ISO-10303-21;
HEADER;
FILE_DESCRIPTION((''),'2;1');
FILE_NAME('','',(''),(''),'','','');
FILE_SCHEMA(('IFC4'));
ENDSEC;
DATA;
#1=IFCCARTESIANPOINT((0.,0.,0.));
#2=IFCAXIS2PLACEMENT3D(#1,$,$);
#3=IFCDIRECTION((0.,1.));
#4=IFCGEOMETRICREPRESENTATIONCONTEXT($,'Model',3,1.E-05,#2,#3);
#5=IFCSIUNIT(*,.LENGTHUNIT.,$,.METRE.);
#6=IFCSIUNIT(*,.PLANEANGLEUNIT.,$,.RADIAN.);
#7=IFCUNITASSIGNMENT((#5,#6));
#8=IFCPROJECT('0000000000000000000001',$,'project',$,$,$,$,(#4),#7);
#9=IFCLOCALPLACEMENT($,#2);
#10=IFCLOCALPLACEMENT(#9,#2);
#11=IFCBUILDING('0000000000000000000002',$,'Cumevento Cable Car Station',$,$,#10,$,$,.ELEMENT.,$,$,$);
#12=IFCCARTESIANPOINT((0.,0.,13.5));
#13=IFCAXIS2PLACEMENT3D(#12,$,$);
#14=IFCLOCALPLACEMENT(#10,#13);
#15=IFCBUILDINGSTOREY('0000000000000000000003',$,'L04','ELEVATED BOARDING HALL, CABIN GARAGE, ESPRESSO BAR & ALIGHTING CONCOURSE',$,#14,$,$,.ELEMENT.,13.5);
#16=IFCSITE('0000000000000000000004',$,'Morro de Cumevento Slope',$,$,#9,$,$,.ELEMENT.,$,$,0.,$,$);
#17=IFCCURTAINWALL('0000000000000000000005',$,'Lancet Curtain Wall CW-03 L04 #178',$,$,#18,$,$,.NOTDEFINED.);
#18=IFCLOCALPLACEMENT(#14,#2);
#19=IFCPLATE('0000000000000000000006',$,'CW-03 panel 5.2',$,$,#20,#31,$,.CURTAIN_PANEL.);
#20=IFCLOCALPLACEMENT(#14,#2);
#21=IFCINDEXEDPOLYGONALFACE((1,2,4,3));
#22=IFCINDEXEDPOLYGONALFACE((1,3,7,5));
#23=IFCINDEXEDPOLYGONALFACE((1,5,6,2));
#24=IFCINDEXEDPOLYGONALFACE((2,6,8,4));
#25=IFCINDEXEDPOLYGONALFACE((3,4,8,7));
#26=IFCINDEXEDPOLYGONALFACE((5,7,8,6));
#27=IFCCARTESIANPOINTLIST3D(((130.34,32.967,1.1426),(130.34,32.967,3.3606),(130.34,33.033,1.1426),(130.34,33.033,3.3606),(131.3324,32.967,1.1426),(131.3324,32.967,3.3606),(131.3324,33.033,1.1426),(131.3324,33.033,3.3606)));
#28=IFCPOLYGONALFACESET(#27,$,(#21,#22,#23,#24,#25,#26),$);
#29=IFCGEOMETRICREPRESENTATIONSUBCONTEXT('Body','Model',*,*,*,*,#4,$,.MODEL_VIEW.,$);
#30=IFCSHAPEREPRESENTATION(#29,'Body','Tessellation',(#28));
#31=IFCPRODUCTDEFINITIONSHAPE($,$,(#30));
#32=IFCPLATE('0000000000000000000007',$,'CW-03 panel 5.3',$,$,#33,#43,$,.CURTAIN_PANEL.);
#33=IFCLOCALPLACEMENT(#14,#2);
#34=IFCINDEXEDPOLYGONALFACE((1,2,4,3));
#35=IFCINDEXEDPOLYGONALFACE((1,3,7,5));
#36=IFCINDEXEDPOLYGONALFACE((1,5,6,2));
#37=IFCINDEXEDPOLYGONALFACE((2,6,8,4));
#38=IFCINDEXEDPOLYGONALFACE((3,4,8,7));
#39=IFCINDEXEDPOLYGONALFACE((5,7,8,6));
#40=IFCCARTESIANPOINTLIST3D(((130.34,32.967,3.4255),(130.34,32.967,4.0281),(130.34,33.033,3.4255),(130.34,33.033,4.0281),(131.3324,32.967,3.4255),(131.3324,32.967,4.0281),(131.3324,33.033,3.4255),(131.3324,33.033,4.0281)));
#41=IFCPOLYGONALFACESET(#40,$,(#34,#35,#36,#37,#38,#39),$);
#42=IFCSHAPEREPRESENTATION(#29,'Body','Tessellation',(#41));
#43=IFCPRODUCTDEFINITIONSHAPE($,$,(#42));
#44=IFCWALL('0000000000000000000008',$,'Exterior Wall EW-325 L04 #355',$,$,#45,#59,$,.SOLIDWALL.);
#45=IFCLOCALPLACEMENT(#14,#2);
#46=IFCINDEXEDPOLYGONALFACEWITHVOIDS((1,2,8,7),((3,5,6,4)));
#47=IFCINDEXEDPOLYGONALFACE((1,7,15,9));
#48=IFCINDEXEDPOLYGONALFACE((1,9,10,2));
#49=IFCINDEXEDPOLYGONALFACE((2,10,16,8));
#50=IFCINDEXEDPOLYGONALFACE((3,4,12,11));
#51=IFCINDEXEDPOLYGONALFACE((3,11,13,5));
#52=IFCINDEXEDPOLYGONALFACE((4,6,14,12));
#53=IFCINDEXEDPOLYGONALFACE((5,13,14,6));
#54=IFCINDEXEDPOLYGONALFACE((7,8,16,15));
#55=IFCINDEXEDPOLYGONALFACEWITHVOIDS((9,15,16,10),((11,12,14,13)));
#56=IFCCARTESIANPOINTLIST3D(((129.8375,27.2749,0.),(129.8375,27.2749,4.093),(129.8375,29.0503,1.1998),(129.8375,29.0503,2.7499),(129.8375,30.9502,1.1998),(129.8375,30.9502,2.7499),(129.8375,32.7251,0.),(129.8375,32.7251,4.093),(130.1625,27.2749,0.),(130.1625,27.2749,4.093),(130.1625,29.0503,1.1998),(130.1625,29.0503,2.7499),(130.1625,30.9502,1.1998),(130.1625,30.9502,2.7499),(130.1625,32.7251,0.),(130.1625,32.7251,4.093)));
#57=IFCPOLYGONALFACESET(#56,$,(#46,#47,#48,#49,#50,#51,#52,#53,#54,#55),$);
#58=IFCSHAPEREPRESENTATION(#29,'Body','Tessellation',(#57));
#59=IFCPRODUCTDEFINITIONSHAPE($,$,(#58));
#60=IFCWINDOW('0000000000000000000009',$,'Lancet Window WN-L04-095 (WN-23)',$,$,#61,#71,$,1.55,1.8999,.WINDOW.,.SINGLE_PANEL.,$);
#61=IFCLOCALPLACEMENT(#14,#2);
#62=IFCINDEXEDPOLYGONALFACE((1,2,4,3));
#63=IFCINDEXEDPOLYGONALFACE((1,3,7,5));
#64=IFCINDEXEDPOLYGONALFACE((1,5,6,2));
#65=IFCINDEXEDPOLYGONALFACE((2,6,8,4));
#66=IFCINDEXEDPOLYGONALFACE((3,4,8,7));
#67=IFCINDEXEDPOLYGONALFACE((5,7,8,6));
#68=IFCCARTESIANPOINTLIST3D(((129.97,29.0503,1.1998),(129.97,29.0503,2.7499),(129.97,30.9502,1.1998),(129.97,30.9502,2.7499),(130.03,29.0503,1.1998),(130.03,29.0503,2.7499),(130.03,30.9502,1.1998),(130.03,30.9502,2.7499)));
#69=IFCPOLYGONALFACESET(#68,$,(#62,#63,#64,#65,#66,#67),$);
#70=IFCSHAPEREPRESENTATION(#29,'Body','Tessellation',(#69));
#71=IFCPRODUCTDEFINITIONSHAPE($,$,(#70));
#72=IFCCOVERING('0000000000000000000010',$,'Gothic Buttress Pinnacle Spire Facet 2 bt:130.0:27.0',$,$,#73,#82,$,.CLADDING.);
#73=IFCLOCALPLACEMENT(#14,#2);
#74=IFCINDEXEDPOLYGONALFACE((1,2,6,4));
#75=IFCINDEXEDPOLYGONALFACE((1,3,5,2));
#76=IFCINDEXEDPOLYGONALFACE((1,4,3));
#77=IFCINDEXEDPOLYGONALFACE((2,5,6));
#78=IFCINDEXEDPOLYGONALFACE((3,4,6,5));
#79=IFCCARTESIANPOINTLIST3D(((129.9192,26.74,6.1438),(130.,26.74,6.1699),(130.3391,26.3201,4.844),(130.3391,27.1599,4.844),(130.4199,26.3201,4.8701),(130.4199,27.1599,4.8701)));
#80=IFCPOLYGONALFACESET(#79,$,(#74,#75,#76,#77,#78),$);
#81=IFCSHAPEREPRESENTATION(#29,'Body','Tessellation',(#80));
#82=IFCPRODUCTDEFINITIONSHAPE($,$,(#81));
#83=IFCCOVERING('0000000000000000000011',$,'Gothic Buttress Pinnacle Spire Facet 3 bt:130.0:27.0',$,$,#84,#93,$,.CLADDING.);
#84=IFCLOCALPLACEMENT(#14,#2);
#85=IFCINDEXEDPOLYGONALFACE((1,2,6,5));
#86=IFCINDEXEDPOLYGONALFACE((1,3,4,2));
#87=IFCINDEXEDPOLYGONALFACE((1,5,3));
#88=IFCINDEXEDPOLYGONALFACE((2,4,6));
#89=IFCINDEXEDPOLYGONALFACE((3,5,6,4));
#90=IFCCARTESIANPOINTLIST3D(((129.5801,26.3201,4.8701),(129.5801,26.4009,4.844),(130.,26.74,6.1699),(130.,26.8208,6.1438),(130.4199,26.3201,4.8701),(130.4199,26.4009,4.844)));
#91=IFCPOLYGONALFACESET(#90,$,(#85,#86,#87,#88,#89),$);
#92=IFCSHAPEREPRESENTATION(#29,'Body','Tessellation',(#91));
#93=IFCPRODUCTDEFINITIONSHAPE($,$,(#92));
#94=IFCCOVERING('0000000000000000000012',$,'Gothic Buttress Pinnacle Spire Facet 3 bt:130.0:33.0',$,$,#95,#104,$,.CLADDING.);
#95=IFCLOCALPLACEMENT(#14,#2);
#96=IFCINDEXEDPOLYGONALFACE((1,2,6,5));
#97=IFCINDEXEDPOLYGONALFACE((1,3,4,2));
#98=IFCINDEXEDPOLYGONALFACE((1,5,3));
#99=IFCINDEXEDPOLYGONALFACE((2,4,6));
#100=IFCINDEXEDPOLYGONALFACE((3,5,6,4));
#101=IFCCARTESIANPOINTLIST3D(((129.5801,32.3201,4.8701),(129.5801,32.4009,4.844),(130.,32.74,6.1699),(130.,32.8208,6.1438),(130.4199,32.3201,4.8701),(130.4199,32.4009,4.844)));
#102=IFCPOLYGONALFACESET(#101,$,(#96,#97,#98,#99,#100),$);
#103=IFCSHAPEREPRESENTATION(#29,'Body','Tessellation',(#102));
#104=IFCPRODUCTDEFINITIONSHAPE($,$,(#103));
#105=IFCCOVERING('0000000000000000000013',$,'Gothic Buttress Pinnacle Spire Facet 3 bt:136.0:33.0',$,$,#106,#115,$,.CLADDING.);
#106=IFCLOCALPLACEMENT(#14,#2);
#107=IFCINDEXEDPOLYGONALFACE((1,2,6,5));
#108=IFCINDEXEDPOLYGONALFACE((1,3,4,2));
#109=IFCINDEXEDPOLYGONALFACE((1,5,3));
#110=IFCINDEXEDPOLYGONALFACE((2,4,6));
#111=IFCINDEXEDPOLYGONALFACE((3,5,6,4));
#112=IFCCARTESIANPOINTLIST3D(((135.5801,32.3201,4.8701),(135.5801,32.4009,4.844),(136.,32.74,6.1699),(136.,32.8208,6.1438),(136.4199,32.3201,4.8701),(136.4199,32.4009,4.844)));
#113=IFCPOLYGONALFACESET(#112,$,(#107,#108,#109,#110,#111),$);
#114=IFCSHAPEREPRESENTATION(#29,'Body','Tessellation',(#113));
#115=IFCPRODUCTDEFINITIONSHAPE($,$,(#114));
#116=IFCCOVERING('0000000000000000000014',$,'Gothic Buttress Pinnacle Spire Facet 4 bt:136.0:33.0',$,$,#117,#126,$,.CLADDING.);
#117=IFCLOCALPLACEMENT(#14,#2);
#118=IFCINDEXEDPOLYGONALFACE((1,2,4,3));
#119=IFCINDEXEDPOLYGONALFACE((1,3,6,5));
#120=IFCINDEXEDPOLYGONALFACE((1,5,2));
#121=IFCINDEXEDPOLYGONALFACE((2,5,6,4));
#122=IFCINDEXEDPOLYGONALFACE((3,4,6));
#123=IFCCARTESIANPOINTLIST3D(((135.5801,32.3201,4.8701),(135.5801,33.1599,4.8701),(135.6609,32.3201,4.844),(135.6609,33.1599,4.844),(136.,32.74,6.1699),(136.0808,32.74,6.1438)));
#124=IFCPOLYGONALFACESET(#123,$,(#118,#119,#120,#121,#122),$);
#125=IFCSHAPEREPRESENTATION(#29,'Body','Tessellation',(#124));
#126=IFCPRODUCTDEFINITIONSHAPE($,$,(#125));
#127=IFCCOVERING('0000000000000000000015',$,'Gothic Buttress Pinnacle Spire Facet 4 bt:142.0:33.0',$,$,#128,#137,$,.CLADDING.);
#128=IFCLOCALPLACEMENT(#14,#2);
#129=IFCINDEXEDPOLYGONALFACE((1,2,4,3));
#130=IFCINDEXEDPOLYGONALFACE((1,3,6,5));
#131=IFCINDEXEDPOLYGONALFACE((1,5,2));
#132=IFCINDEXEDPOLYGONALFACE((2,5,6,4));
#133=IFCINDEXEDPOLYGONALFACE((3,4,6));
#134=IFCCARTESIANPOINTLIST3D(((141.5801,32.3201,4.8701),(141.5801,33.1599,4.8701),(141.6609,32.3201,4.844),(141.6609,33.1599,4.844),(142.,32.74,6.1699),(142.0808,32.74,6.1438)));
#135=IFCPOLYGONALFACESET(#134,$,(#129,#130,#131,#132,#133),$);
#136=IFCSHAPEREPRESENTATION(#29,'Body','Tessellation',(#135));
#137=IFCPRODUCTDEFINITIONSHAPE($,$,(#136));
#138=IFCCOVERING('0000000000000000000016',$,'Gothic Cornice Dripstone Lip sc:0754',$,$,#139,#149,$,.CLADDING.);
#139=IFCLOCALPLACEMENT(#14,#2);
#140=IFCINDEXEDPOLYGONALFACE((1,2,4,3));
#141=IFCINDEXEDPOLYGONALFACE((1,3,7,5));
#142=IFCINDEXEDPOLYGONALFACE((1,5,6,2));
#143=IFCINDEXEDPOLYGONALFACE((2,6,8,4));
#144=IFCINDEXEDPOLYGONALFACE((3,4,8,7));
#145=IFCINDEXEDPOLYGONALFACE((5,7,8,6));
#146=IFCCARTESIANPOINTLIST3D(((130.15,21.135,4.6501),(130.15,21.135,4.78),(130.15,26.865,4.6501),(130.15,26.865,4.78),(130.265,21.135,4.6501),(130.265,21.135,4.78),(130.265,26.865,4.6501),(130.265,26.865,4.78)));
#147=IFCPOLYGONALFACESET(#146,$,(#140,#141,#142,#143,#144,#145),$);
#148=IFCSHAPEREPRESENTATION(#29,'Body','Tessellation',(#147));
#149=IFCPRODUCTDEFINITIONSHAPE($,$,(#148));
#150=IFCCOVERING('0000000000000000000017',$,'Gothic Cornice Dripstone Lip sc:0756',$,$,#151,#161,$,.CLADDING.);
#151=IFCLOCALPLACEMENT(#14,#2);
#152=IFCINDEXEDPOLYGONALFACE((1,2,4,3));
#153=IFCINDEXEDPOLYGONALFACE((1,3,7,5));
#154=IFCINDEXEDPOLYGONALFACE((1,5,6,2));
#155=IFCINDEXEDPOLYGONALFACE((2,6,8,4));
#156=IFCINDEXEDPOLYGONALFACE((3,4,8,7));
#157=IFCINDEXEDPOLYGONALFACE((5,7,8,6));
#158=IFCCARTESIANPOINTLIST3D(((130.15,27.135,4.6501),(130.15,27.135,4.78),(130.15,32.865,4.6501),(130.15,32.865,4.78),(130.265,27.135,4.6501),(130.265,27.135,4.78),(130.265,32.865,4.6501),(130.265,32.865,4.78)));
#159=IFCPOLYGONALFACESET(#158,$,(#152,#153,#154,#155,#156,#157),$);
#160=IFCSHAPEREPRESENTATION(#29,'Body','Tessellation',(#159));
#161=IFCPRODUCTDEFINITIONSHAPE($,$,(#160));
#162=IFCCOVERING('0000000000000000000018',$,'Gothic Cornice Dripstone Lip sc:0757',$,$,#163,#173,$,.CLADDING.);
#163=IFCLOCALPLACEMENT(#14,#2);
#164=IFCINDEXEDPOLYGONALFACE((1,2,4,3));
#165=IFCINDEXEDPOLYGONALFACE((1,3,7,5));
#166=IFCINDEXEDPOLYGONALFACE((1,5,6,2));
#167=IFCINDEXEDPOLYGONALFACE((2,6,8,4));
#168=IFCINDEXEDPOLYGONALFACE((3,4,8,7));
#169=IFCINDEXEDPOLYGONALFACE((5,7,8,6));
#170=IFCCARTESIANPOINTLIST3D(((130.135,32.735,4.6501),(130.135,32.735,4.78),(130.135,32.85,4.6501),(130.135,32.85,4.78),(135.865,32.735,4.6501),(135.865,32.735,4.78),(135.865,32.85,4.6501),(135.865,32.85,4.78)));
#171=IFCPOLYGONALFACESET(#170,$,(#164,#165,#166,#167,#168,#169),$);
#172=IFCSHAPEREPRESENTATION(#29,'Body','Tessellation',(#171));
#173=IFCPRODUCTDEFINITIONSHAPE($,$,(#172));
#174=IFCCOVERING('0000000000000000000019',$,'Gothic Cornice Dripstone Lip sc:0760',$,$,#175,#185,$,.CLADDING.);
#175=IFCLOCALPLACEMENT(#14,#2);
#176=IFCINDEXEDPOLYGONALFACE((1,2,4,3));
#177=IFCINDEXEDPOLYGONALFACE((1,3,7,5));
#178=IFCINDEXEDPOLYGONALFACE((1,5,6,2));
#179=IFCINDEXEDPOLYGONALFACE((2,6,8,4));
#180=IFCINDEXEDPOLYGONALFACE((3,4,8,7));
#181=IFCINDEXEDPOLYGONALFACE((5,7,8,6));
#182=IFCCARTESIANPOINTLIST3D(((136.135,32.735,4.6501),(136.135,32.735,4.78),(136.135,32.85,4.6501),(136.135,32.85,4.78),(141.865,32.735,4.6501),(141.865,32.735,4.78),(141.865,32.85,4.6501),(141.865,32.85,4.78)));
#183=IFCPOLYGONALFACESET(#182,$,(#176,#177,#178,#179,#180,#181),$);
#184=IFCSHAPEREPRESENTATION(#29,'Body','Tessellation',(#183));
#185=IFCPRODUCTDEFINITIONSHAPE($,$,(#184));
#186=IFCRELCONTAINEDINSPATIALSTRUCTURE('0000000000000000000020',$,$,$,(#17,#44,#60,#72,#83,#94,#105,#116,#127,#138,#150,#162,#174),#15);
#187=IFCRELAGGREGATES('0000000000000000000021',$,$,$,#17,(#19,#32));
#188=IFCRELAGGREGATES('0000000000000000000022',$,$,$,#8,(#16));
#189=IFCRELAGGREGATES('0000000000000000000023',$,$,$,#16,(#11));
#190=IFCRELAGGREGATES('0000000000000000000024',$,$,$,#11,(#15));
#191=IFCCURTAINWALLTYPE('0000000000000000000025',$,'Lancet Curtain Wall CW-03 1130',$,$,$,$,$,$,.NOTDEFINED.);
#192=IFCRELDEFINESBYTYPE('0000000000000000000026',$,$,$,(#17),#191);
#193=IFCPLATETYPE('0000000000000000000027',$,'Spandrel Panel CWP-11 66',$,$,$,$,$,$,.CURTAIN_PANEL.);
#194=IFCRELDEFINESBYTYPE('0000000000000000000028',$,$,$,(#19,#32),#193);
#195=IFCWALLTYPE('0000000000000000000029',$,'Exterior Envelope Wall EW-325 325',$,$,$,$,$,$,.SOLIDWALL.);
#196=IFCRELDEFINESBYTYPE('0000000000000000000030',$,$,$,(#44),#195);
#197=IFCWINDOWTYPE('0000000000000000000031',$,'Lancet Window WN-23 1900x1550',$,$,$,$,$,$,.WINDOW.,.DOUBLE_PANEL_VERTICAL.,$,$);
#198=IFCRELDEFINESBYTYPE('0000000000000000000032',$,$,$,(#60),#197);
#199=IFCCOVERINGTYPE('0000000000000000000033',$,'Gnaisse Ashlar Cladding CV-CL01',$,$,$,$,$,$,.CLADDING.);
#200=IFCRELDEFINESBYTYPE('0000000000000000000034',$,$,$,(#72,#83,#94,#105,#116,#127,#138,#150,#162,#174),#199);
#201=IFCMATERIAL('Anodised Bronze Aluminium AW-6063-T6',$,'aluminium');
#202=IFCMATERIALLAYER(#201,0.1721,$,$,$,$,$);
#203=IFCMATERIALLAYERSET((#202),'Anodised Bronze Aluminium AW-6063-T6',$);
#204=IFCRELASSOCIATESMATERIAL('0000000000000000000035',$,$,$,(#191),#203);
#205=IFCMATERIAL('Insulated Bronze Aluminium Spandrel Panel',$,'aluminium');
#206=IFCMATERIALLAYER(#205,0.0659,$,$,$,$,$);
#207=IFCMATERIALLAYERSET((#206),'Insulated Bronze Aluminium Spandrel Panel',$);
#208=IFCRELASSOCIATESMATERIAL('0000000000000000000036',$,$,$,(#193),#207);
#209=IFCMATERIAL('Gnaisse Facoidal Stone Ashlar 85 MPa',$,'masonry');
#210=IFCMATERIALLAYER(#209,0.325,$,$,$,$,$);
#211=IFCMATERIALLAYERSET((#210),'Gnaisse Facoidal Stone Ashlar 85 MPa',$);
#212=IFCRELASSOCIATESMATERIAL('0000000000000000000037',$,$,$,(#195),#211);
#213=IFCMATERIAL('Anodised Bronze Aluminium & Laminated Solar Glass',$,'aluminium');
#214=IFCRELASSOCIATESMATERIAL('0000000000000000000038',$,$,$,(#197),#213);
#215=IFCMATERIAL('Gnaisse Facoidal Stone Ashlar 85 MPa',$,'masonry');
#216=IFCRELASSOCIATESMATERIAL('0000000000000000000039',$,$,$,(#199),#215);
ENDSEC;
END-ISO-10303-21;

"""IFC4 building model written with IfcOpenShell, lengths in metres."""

from ifc_helpers import new_model, si_unit, direction, frame, frame_2d, origin, origin_2d, place, context, subcontext, project, spatial, polyline, rectangle, outline, extrude, material, layer, layer_set, type_object, element, fill, aggregate, save


model = new_model("IFC4")

# Units and contexts
model_context = context("Model", 3, precision=1e-05, world=origin(), true_north=direction((0.0, 1.0)))
body_context = subcontext(model_context, "Body", "Model", "MODEL_VIEW")
ifc_project = project(units=[si_unit("LENGTHUNIT", "METRE"), si_unit("PLANEANGLEUNIT", "RADIAN")], contexts=[model_context])

# Site, building, storey
site_placement = place(None, origin())
site = spatial("IfcSite", under=ifc_project, at=site_placement, Name="Morro de Cumevento Slope", CompositionType="ELEMENT", RefElevation=0.0)
building_placement = place(site_placement, origin())
building = spatial("IfcBuilding", under=site, at=building_placement, Name="Cumevento Cable Car Station", CompositionType="ELEMENT")
storey_placement = place(building_placement, frame((0.0, 0.0, 13.5)))
storey = spatial("IfcBuildingStorey", under=building, at=storey_placement, Name="L04", Description="ELEVATED BOARDING HALL, CABIN GARAGE, ESPRESSO BAR & ALIGHTING CONCOURSE", CompositionType="ELEMENT", Elevation=13.5)

# Curtain wall
ifc_material_1 = material(Name="Anodised Bronze Aluminium AW-6063-T6", Category="aluminium")
ifc_layer_1 = layer(ifc_material_1, 0.1721)
ifc_layer_set_1 = layer_set([ifc_layer_1], Name="Anodised Bronze Aluminium AW-6063-T6")
curtain_wall_type = type_object("IfcCurtainWallType", Name="Lancet Curtain Wall CW-03 1130", PredefinedType="NOTDEFINED", material=ifc_layer_set_1)
curtain_wall_placement = place(storey_placement, origin())
curtain_wall = element("IfcCurtainWall", 1, at=curtain_wall_placement, inside=storey, type_object=curtain_wall_type, Name="Lancet Curtain Wall CW-03 L04 #178", PredefinedType="NOTDEFINED")

# Plates
ifc_material_2 = material(Name="Insulated Bronze Aluminium Spandrel Panel", Category="aluminium")
ifc_layer_2 = layer(ifc_material_2, 0.0659)
ifc_layer_set_2 = layer_set([ifc_layer_2], Name="Insulated Bronze Aluminium Spandrel Panel")
plate_type = type_object("IfcPlateType", Name="Spandrel Panel CWP-11 66", PredefinedType="CURTAIN_PANEL", material=ifc_layer_set_2)
plate_1_placement = place(storey_placement, frame((130.8362, 33.0, 1.1426), z_axis=(0.0, 0.0, 1.0), x_axis=(-1.0, 0.0, 0.0)))
plate_1 = element("IfcPlate", 2, at=plate_1_placement, type_object=plate_type, Name="CW-03 panel 5.2", PredefinedType="CURTAIN_PANEL", context=body_context, shape_type="SweptSolid", body=[
    extrude(rectangle(XDim=0.9924, YDim=0.0659, at=origin_2d()), origin(), (0.0, 0.0, 1.0), 2.218),
])
plate_2_placement = place(storey_placement, frame((130.8362, 33.0, 3.4255), z_axis=(0.0, 0.0, 1.0), x_axis=(-1.0, 0.0, 0.0)))
plate_2 = element("IfcPlate", 3, at=plate_2_placement, type_object=plate_type, Name="CW-03 panel 5.3", PredefinedType="CURTAIN_PANEL", context=body_context, shape_type="SweptSolid", body=[
    extrude(rectangle(XDim=0.9924, YDim=0.0659, at=origin_2d()), origin(), (0.0, 0.0, 1.0), 0.6025),
])
aggregate(curtain_wall, [plate_1, plate_2])

# Wall, opening, window
ifc_material_3 = material(Name="Gnaisse Facoidal Stone Ashlar 85 MPa", Category="masonry")
ifc_layer_3 = layer(ifc_material_3, 0.325)
ifc_layer_set_3 = layer_set([ifc_layer_3], Name="Gnaisse Facoidal Stone Ashlar 85 MPa")
wall_type = type_object("IfcWallType", Name="Exterior Envelope Wall EW-325 325", PredefinedType="SOLIDWALL", material=ifc_layer_set_3)
wall_placement = place(storey_placement, frame((130.0, 32.7251, 0.0), z_axis=(0.0, 0.0, 1.0), x_axis=(0.0, -1.0, 0.0)))
wall = element("IfcWall", 4, at=wall_placement, inside=storey, type_object=wall_type, Name="Exterior Wall EW-325 L04 #355", PredefinedType="SOLIDWALL", context=body_context, shape_type="SweptSolid", body=[
    extrude(rectangle(XDim=5.4502, YDim=0.325, at=frame_2d((2.7251, 0.0))), origin(), (0.0, 0.0, 1.0), 4.093),
])
opening_placement = place(wall_placement, frame((1.7749, 0.0, 1.2)))
opening = element("IfcOpeningElement", 5, at=opening_placement, cuts=wall, PredefinedType="OPENING", context=body_context, shape_type="SweptSolid", body=[
    extrude(rectangle(XDim=1.8999, YDim=1.55, at=frame_2d((0.95, 0.7749))), frame((0.0, 0.1726, 0.0), z_axis=(0.0, -1.0, 0.0), x_axis=(1.0, 0.0, 0.0)), (0.0, 0.0, 1.0), 0.345),
])
ifc_material_4 = material(Name="Anodised Bronze Aluminium & Laminated Solar Glass", Category="aluminium")
window_type = type_object("IfcWindowType", Name="Lancet Window WN-23 1900x1550", PartitioningType="DOUBLE_PANEL_VERTICAL", PredefinedType="WINDOW", material=ifc_material_4)
window_placement = place(opening_placement, origin())
window = element("IfcWindow", 6, at=window_placement, inside=storey, type_object=window_type, Name="Lancet Window WN-L04-095 (WN-23)", OverallHeight=1.55, OverallWidth=1.8999, PartitioningType="SINGLE_PANEL", PredefinedType="WINDOW", context=body_context, shape_type="SweptSolid", body=[
    extrude(rectangle(XDim=1.8999, YDim=1.55, at=frame_2d((0.95, 0.7749))), frame((0.0, 0.03, 0.0), z_axis=(0.0, -1.0, 0.0), x_axis=(1.0, 0.0, 0.0)), (0.0, 0.0, 1.0), 0.0601),
])
fill(opening, window)

# Coverings
ifc_material_5 = material(Name="Gnaisse Facoidal Stone Ashlar 85 MPa", Category="masonry")
covering_type = type_object("IfcCoveringType", Name="Gnaisse Ashlar Cladding CV-CL01", PredefinedType="CLADDING", material=ifc_material_5)
for number, where, z_axis, x_axis, name in (
    (7, (130.4199, 27.1599, 4.8701), (0.951574, 0.0, 0.307421), (0.0, -1.0, 0.0), "Gothic Buttress Pinnacle Spire Facet 2 bt:130.0:27.0"),
    (8, (130.4199, 26.3201, 4.8701), (0.0, -0.951574, 0.307421), (-1.0, 0.0, 0.0), "Gothic Buttress Pinnacle Spire Facet 3 bt:130.0:27.0"),
    (9, (130.4199, 32.3201, 4.8701), (0.0, -0.951574, 0.307421), (-1.0, 0.0, 0.0), "Gothic Buttress Pinnacle Spire Facet 3 bt:130.0:33.0"),
    (10, (136.4199, 32.3201, 4.8701), (0.0, -0.951574, 0.307421), (-1.0, 0.0, 0.0), "Gothic Buttress Pinnacle Spire Facet 3 bt:136.0:33.0"),
    (11, (135.5801, 32.3201, 4.8701), (-0.951574, 0.0, 0.307421), (0.0, 1.0, 0.0), "Gothic Buttress Pinnacle Spire Facet 4 bt:136.0:33.0"),
    (12, (141.5801, 32.3201, 4.8701), (-0.951574, 0.0, 0.307421), (0.0, 1.0, 0.0), "Gothic Buttress Pinnacle Spire Facet 4 bt:142.0:33.0"),
):
    element("IfcCovering", number, at=place(storey_placement, frame(where, z_axis=z_axis, x_axis=x_axis)), inside=storey, type_object=covering_type, Name=name, PredefinedType="CLADDING", context=body_context, shape_type="SweptSolid", body=[
        extrude(outline(polyline([(0.0, 0.0), (0.8398, 0.0), (0.4199, -1.366), (0.0, 0.0)])), origin(), (0.0, 0.0, -1.0), 0.085),
    ])
for number, where, z_axis, x_axis, name in (
    (13, (130.2075, 24.0, 4.6501), (0.0, 0.0, 1.0), (0.0, -1.0, 0.0), "Gothic Cornice Dripstone Lip sc:0754"),
    (14, (130.2075, 30.0, 4.6501), (0.0, 0.0, 1.0), (0.0, -1.0, 0.0), "Gothic Cornice Dripstone Lip sc:0756"),
    (15, (133.0, 32.7925, 4.6501), (0.0, 0.0, 1.0), (-1.0, 0.0, 0.0), "Gothic Cornice Dripstone Lip sc:0757"),
    (16, (139.0, 32.7925, 4.6501), (0.0, 0.0, 1.0), (-1.0, 0.0, 0.0), "Gothic Cornice Dripstone Lip sc:0760"),
):
    element("IfcCovering", number, at=place(storey_placement, frame(where, z_axis=z_axis, x_axis=x_axis)), inside=storey, type_object=covering_type, Name=name, PredefinedType="CLADDING", context=body_context, shape_type="SweptSolid", body=[
        extrude(rectangle(XDim=5.73, YDim=0.115, at=origin_2d()), origin(), (0.0, 0.0, 1.0), 0.1299),
    ])

save(model, "model.ifc")
